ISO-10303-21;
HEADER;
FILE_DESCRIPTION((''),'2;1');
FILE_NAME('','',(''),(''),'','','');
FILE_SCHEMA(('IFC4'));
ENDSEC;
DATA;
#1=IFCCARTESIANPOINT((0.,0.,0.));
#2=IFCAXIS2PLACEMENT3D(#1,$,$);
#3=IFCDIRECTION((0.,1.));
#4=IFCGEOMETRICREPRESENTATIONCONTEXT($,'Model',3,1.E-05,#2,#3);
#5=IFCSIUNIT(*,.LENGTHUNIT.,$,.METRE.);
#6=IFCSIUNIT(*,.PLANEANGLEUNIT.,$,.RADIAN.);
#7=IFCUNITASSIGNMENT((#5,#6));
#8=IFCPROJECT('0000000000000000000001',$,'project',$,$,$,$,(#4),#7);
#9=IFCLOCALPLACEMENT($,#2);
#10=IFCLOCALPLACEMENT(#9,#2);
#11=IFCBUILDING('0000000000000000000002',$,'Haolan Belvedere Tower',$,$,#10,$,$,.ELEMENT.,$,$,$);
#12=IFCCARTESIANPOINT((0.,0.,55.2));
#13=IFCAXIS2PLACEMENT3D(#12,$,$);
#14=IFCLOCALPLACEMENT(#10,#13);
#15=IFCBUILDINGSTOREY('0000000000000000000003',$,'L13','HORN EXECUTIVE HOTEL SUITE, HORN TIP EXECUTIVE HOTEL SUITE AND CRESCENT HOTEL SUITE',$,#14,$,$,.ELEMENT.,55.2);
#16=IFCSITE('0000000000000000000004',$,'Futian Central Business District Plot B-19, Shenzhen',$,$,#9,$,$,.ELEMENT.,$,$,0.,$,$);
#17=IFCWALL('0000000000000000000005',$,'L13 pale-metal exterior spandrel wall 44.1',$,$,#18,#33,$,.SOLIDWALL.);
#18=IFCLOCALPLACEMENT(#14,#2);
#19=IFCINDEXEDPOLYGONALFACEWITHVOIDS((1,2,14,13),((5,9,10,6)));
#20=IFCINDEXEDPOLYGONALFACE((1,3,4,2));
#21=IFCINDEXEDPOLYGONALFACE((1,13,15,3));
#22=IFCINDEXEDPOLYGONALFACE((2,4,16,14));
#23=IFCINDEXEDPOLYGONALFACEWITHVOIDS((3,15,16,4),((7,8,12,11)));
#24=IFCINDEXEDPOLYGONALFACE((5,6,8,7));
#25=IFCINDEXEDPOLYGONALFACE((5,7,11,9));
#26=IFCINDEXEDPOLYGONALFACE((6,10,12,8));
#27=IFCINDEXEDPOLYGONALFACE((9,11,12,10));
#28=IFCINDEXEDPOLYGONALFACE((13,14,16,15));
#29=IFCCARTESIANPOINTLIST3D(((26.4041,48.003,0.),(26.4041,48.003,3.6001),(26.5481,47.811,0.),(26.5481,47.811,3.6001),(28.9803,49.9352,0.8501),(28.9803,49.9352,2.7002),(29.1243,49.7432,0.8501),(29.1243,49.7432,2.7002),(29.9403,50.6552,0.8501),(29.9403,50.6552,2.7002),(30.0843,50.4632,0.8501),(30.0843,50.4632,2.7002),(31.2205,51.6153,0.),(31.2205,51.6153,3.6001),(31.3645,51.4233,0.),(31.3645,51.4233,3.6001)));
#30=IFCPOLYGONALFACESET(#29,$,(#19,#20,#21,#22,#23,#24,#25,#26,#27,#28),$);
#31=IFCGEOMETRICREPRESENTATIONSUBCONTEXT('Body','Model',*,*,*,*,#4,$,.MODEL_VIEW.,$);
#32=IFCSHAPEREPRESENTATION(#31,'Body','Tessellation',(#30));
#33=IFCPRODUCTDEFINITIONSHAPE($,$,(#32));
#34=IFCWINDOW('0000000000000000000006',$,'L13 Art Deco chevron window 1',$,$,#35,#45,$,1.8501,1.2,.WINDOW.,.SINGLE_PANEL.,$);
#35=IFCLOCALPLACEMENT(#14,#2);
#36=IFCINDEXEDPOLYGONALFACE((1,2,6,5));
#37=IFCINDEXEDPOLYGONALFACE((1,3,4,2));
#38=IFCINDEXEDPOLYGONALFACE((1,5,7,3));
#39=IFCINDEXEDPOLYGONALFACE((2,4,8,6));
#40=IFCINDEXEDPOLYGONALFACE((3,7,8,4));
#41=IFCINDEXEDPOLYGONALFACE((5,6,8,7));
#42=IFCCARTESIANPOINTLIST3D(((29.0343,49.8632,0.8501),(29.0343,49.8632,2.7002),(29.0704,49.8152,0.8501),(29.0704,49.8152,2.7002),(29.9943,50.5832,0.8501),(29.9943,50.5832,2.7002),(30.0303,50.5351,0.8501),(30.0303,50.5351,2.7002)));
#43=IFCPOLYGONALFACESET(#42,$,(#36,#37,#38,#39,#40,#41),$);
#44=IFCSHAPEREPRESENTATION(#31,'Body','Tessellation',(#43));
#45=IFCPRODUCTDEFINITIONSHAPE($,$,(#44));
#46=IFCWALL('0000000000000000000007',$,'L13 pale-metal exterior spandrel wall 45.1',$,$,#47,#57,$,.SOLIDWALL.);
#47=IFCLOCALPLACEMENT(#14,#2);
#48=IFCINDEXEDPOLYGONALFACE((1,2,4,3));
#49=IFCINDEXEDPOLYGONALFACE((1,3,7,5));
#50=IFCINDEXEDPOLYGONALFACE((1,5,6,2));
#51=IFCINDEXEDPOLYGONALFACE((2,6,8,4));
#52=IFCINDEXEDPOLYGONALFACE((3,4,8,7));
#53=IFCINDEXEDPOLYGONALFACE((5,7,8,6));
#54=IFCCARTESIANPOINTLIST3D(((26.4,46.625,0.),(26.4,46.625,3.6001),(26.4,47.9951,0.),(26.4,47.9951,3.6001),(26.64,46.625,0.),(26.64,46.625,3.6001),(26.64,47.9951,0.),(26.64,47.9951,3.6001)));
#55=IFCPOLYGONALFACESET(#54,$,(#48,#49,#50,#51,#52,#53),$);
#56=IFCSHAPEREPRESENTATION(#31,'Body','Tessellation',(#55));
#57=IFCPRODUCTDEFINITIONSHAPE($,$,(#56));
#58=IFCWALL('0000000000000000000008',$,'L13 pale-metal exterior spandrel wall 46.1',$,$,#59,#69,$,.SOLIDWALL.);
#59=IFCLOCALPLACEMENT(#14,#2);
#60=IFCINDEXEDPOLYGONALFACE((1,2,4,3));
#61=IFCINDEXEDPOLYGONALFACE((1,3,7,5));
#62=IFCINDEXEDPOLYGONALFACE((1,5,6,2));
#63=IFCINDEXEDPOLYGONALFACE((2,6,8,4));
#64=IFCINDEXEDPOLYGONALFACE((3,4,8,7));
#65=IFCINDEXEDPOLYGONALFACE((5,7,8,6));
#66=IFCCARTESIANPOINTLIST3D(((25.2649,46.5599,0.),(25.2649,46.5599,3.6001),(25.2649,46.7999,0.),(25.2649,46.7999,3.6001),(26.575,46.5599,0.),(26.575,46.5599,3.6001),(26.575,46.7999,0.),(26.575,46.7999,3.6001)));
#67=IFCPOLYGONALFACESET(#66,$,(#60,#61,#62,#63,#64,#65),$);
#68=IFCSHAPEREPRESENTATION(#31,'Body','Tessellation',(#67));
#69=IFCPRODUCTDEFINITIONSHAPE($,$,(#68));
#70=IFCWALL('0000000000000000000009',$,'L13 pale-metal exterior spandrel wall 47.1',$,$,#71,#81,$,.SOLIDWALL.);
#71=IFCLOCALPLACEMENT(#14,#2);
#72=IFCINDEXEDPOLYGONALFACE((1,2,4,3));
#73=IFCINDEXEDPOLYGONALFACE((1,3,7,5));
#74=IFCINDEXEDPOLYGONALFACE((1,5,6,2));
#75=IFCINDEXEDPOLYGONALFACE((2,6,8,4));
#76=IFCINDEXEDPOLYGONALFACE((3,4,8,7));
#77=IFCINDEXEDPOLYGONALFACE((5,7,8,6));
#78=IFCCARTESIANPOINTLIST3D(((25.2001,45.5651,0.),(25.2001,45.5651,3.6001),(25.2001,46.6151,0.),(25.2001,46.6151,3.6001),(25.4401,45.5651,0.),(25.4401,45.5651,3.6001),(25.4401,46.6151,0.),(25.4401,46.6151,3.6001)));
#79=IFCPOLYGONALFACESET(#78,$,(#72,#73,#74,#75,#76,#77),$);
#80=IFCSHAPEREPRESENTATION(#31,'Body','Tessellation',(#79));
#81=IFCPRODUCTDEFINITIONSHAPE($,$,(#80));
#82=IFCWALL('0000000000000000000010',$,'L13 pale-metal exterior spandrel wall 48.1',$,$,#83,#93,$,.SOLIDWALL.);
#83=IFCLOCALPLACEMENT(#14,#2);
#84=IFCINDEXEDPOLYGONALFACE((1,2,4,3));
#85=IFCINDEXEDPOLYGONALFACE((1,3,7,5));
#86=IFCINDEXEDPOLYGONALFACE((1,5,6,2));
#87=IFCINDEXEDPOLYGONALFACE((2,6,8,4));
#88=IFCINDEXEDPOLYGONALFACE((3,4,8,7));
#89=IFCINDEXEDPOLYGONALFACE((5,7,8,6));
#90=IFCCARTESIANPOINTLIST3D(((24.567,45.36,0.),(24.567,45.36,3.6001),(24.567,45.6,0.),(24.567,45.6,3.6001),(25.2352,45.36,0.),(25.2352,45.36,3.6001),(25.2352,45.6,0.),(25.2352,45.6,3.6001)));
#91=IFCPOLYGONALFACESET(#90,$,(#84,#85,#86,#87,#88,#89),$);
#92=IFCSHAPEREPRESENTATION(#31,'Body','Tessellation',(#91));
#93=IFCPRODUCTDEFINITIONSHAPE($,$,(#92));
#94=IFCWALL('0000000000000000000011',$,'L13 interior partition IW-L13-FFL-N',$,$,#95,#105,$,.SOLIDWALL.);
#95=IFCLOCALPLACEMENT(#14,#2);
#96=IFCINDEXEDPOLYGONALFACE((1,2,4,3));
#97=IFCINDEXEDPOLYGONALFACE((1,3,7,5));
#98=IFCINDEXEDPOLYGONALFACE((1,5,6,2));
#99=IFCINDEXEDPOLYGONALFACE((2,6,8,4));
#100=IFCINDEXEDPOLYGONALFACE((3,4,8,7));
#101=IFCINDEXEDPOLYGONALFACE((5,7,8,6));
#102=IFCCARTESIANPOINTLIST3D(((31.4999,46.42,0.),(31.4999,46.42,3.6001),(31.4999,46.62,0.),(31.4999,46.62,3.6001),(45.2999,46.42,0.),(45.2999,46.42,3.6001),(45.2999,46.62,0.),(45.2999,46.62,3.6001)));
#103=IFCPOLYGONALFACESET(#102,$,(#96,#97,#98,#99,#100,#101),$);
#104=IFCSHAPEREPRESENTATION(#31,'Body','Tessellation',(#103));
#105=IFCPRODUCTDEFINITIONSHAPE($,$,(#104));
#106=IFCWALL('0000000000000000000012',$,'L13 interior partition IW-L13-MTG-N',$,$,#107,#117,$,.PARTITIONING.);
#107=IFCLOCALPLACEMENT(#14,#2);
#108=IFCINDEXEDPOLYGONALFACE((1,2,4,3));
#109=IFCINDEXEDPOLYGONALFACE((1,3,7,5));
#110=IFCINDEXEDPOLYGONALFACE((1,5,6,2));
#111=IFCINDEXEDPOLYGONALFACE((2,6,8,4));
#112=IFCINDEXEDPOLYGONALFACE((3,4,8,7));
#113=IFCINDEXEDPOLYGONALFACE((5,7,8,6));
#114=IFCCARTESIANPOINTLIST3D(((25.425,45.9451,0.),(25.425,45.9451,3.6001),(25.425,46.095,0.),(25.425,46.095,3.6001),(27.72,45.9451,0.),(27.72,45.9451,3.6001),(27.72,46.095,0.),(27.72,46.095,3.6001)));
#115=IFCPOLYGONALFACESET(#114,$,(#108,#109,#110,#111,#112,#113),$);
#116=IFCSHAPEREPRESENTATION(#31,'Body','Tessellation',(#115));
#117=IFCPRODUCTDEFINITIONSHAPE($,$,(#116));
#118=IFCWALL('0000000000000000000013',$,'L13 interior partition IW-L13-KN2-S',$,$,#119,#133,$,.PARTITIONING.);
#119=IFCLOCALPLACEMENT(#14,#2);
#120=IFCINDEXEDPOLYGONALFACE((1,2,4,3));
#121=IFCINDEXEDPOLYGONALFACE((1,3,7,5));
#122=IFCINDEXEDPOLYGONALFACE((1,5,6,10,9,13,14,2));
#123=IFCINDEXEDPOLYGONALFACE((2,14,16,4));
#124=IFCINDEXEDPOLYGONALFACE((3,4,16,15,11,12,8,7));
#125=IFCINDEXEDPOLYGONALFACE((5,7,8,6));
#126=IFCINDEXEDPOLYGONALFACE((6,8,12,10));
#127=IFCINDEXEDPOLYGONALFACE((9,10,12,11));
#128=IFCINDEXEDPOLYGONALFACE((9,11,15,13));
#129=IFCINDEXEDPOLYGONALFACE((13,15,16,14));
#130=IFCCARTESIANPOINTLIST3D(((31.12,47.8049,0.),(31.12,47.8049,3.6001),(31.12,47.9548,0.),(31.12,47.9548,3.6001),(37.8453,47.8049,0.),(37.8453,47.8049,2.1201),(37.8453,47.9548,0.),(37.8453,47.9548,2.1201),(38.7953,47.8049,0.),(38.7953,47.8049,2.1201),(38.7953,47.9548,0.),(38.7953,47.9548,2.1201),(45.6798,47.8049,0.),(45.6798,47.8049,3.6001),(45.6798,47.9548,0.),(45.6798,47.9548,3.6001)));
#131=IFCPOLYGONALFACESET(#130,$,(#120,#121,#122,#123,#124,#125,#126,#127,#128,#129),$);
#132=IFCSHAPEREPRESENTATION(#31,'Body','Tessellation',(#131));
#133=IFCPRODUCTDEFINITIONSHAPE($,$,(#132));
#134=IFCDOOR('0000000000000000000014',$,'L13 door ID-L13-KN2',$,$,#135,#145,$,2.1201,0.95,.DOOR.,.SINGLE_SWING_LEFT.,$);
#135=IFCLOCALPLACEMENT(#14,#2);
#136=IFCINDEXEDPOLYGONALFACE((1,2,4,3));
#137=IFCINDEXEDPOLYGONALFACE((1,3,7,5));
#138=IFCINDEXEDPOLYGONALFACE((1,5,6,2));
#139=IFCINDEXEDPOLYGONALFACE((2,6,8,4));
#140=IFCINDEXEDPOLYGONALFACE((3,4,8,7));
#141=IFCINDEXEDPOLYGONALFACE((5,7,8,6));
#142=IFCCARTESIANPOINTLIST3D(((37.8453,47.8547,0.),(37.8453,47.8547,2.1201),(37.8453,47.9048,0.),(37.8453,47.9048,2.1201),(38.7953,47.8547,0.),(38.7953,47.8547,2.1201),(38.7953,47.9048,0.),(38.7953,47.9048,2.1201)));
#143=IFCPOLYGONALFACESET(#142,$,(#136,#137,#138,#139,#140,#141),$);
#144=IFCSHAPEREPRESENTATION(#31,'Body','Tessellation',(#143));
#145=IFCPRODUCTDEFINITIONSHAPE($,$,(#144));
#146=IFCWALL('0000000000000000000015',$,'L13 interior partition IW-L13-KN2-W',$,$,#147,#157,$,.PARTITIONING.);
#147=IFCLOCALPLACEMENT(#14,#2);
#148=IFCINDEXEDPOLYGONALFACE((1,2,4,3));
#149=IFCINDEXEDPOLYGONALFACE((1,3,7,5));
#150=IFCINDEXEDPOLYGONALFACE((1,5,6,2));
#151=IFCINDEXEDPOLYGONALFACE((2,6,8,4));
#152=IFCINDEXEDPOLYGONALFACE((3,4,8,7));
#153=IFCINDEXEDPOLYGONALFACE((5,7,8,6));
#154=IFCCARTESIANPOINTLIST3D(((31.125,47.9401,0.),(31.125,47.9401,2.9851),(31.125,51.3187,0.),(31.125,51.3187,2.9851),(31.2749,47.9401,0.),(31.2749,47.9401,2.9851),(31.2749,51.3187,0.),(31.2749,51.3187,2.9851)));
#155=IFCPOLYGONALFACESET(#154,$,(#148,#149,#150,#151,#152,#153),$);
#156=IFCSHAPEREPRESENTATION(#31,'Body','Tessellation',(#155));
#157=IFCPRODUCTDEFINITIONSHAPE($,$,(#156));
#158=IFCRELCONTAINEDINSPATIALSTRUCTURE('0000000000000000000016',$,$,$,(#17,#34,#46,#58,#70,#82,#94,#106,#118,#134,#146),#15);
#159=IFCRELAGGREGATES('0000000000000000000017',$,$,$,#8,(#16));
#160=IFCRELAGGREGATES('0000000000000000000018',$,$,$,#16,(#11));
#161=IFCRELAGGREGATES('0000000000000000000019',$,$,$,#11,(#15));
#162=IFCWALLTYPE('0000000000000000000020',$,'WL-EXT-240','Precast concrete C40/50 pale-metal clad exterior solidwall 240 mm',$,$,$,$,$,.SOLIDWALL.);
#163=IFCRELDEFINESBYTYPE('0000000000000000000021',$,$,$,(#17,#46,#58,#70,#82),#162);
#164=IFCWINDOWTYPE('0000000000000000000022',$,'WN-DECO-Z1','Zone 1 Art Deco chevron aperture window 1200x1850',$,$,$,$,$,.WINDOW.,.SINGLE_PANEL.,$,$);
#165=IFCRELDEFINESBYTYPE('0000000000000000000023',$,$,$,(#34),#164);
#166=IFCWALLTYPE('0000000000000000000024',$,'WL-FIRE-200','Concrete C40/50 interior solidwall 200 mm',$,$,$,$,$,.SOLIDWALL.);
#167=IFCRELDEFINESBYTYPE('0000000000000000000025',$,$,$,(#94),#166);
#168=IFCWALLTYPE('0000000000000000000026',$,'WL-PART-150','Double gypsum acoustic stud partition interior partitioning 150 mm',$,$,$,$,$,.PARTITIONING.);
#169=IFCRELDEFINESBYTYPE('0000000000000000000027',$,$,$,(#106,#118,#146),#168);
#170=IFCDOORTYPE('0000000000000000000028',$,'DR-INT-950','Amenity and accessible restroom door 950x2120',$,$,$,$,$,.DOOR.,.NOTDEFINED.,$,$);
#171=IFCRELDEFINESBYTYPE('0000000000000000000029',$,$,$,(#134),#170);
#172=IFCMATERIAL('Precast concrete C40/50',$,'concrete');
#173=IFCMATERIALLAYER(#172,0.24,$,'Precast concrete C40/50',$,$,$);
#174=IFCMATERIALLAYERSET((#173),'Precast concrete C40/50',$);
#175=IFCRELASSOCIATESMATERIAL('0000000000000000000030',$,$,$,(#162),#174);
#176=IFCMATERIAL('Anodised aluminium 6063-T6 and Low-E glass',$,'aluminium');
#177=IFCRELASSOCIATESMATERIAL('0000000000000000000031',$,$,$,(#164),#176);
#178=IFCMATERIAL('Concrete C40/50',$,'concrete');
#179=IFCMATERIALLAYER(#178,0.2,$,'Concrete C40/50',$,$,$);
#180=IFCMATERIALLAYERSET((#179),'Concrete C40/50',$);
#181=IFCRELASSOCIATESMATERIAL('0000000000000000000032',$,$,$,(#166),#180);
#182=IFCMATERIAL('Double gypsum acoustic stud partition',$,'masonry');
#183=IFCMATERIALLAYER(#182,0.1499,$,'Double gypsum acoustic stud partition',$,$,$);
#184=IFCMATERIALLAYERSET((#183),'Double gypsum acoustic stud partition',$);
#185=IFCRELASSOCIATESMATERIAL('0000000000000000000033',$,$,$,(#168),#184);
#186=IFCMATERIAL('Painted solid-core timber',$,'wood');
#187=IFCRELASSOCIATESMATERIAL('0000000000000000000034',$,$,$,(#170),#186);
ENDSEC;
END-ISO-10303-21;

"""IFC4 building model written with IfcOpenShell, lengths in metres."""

from ifc_helpers import new_model, si_unit, direction, frame, frame_2d, origin, place, context, subcontext, project, spatial, rectangle, extrude, material, layer, layer_set, type_object, element, fill, save


model = new_model("IFC4")

# Units and contexts
model_context = context("Model", 3, precision=1e-05, world=origin(), true_north=direction((0.0, 1.0)))
body_context = subcontext(model_context, "Body", "Model", "MODEL_VIEW")
ifc_project = project(units=[si_unit("LENGTHUNIT", "METRE"), si_unit("PLANEANGLEUNIT", "RADIAN")], contexts=[model_context])

# Site, building, storey
site_placement = place(None, origin())
site = spatial("IfcSite", under=ifc_project, at=site_placement, Name="Futian Central Business District Plot B-19, Shenzhen", CompositionType="ELEMENT", RefElevation=0.0)
building_placement = place(site_placement, origin())
building = spatial("IfcBuilding", under=site, at=building_placement, Name="Haolan Belvedere Tower", CompositionType="ELEMENT")
storey_placement = place(building_placement, frame((0.0, 0.0, 55.2)))
storey = spatial("IfcBuildingStorey", under=building, at=storey_placement, Name="L13", Description="HORN EXECUTIVE HOTEL SUITE, HORN TIP EXECUTIVE HOTEL SUITE AND CRESCENT HOTEL SUITE", CompositionType="ELEMENT", Elevation=55.2)

# Wall, opening, window
ifc_material_1 = material(Name="Precast concrete C40/50", Category="concrete")
ifc_layer_1 = layer(ifc_material_1, 0.24, Name="Precast concrete C40/50")
ifc_layer_set_1 = layer_set([ifc_layer_1], Name="Precast concrete C40/50")
wall_type_1 = type_object("IfcWallType", Name="WL-EXT-240", Description="Precast concrete C40/50 pale-metal clad exterior solidwall 240 mm", PredefinedType="SOLIDWALL", material=ifc_layer_set_1)
wall_1_placement = place(storey_placement, frame((31.2925, 51.5193, 0.0), z_axis=(0.0, 0.0, 1.0), x_axis=(-0.8, -0.6, 0.0)))
wall_1 = element("IfcWall", 1, at=wall_1_placement, inside=storey, type_object=wall_type_1, Name="L13 pale-metal exterior spandrel wall 44.1", PredefinedType="SOLIDWALL", context=body_context, shape_type="SweptSolid", body=[
    extrude(rectangle(XDim=6.0205, YDim=0.24, at=frame_2d((3.0103, 0.0))), origin(), (0.0, 0.0, 1.0), 3.6001),
])
opening_1_placement = place(wall_1_placement, frame((1.6001, 0.0, 0.8501)))
opening_1 = element("IfcOpeningElement", 2, at=opening_1_placement, cuts=wall_1, PredefinedType="OPENING", context=body_context, shape_type="SweptSolid", body=[
    extrude(rectangle(XDim=1.2, YDim=1.8501, at=frame_2d((0.6001, 0.925))), frame((0.0, 0.1299, 0.0), z_axis=(0.0, -1.0, 0.0), x_axis=(1.0, 0.0, 0.0)), (0.0, 0.0, 1.0), 0.26),
])
ifc_material_2 = material(Name="Anodised aluminium 6063-T6 and Low-E glass", Category="aluminium")
window_type = type_object("IfcWindowType", Name="WN-DECO-Z1", Description="Zone 1 Art Deco chevron aperture window 1200x1850", PartitioningType="SINGLE_PANEL", PredefinedType="WINDOW", material=ifc_material_2)
window_placement = place(opening_1_placement, origin())
window = element("IfcWindow", 3, at=window_placement, inside=storey, type_object=window_type, Name="L13 Art Deco chevron window 1", OverallHeight=1.8501, OverallWidth=1.2, PartitioningType="SINGLE_PANEL", PredefinedType="WINDOW", context=body_context, shape_type="SweptSolid", body=[
    extrude(rectangle(XDim=1.2, YDim=1.8501, at=frame_2d((0.6001, 0.925))), frame((0.0, 0.03, 0.0), z_axis=(0.0, -1.0, 0.0), x_axis=(1.0, 0.0, 0.0)), (0.0, 0.0, 1.0), 0.0601),
])
fill(opening_1, window)

# Walls
wall_2_placement = place(storey_placement, frame((26.52, 47.9951, 0.0), z_axis=(0.0, 0.0, 1.0), x_axis=(0.0, -1.0, 0.0)))
element("IfcWall", 4, at=wall_2_placement, inside=storey, type_object=wall_type_1, Name="L13 pale-metal exterior spandrel wall 45.1", PredefinedType="SOLIDWALL", context=body_context, shape_type="SweptSolid", body=[
    extrude(rectangle(XDim=1.3701, YDim=0.24, at=frame_2d((0.6851, 0.0))), origin(), (0.0, 0.0, 1.0), 3.6001),
])
wall_3_placement = place(storey_placement, frame((26.575, 46.6799, 0.0), z_axis=(0.0, 0.0, 1.0), x_axis=(-1.0, 0.0, 0.0)))
element("IfcWall", 5, at=wall_3_placement, inside=storey, type_object=wall_type_1, Name="L13 pale-metal exterior spandrel wall 46.1", PredefinedType="SOLIDWALL", context=body_context, shape_type="SweptSolid", body=[
    extrude(rectangle(XDim=1.3101, YDim=0.24, at=frame_2d((0.655, 0.0))), origin(), (0.0, 0.0, 1.0), 3.6001),
])
wall_4_placement = place(storey_placement, frame((25.3201, 46.615, 0.0), z_axis=(0.0, 0.0, 1.0), x_axis=(0.0, -1.0, 0.0)))
element("IfcWall", 6, at=wall_4_placement, inside=storey, type_object=wall_type_1, Name="L13 pale-metal exterior spandrel wall 47.1", PredefinedType="SOLIDWALL", context=body_context, shape_type="SweptSolid", body=[
    extrude(rectangle(XDim=1.05, YDim=0.24, at=frame_2d((0.5249, 0.0))), origin(), (0.0, 0.0, 1.0), 3.6001),
])
wall_5_placement = place(storey_placement, frame((25.2351, 45.48, 0.0), z_axis=(0.0, 0.0, 1.0), x_axis=(-1.0, 0.0, 0.0)))
element("IfcWall", 7, at=wall_5_placement, inside=storey, type_object=wall_type_1, Name="L13 pale-metal exterior spandrel wall 48.1", PredefinedType="SOLIDWALL", context=body_context, shape_type="SweptSolid", body=[
    extrude(rectangle(XDim=0.6682, YDim=0.24, at=frame_2d((0.334, 0.0))), origin(), (0.0, 0.0, 1.0), 3.6001),
])
ifc_material_3 = material(Name="Concrete C40/50", Category="concrete")
ifc_layer_2 = layer(ifc_material_3, 0.2, Name="Concrete C40/50")
ifc_layer_set_2 = layer_set([ifc_layer_2], Name="Concrete C40/50")
wall_type_2 = type_object("IfcWallType", Name="WL-FIRE-200", Description="Concrete C40/50 interior solidwall 200 mm", PredefinedType="SOLIDWALL", material=ifc_layer_set_2)
wall_6_placement = place(storey_placement, frame((31.5, 46.52, 0.0), z_axis=(0.0, 0.0, 1.0), x_axis=(1.0, 0.0, 0.0)))
element("IfcWall", 8, at=wall_6_placement, inside=storey, type_object=wall_type_2, Name="L13 interior partition IW-L13-FFL-N", PredefinedType="SOLIDWALL", context=body_context, shape_type="SweptSolid", body=[
    extrude(rectangle(XDim=13.8, YDim=0.2, at=frame_2d((6.8999, 0.0))), origin(), (0.0, 0.0, 1.0), 3.6001),
])

# Wall
ifc_material_4 = material(Name="Double gypsum acoustic stud partition", Category="masonry")
ifc_layer_3 = layer(ifc_material_4, 0.1499, Name="Double gypsum acoustic stud partition")
ifc_layer_set_3 = layer_set([ifc_layer_3], Name="Double gypsum acoustic stud partition")
wall_type_3 = type_object("IfcWallType", Name="WL-PART-150", Description="Double gypsum acoustic stud partition interior partitioning 150 mm", PredefinedType="PARTITIONING", material=ifc_layer_set_3)
wall_7_placement = place(storey_placement, frame((25.425, 46.02, 0.0), z_axis=(0.0, 0.0, 1.0), x_axis=(1.0, 0.0, 0.0)))
element("IfcWall", 9, at=wall_7_placement, inside=storey, type_object=wall_type_3, Name="L13 interior partition IW-L13-MTG-N", PredefinedType="PARTITIONING", context=body_context, shape_type="SweptSolid", body=[
    extrude(rectangle(XDim=2.2949, YDim=0.1499, at=frame_2d((1.1475, 0.0))), origin(), (0.0, 0.0, 1.0), 3.6001),
])

# Wall, opening, door
wall_8_placement = place(storey_placement, frame((31.1201, 47.8799, 0.0), z_axis=(0.0, 0.0, 1.0), x_axis=(1.0, 0.0, 0.0)))
wall_8 = element("IfcWall", 10, at=wall_8_placement, inside=storey, type_object=wall_type_3, Name="L13 interior partition IW-L13-KN2-S", PredefinedType="PARTITIONING", context=body_context, shape_type="SweptSolid", body=[
    extrude(rectangle(XDim=14.5598, YDim=0.1499, at=frame_2d((7.2798, 0.0))), origin(), (0.0, 0.0, 1.0), 3.6001),
])
opening_2_placement = place(wall_8_placement, frame((6.7251, 0.0, 0.0)))
opening_2 = element("IfcOpeningElement", 11, at=opening_2_placement, cuts=wall_8, PredefinedType="OPENING", context=body_context, shape_type="SweptSolid", body=[
    extrude(rectangle(XDim=0.95, YDim=2.1201, at=frame_2d((0.4751, 1.0601))), frame((0.0, 0.085, 0.0), z_axis=(0.0, -1.0, 0.0), x_axis=(1.0, 0.0, 0.0)), (0.0, 0.0, 1.0), 0.1699),
])
ifc_material_5 = material(Name="Painted solid-core timber", Category="wood")
door_type_1 = type_object("IfcDoorType", Name="DR-INT-950", Description="Amenity and accessible restroom door 950x2120", OperationType="NOTDEFINED", PredefinedType="DOOR", material=ifc_material_5)
door_1_placement = place(opening_2_placement, origin())
door_1 = element("IfcDoor", 12, at=door_1_placement, inside=storey, type_object=door_type_1, Name="L13 door ID-L13-KN2", OperationType="SINGLE_SWING_LEFT", OverallHeight=2.1201, OverallWidth=0.95, PredefinedType="DOOR", context=body_context, shape_type="SweptSolid", body=[
    extrude(rectangle(XDim=0.95, YDim=2.1201, at=frame_2d((0.4751, 1.0601))), frame((0.0, 0.0249, 0.0), z_axis=(0.0, -1.0, 0.0), x_axis=(1.0, 0.0, 0.0)), (0.0, 0.0, 1.0), 0.05),
])
fill(opening_2, door_1)

# Wall
wall_9_placement = place(storey_placement, frame((31.2, 47.9399, 0.0), z_axis=(0.0, 0.0, 1.0), x_axis=(0.0, 1.0, 0.0)))
element("IfcWall", 13, at=wall_9_placement, inside=storey, type_object=wall_type_3, Name="L13 interior partition IW-L13-KN2-W", PredefinedType="PARTITIONING", context=body_context, shape_type="SweptSolid", body=[
    extrude(rectangle(XDim=3.3787, YDim=0.1499, at=frame_2d((1.6895, 0.0))), origin(), (0.0, 0.0, 1.0), 2.9851),
])

save(model, "model.ifc")
